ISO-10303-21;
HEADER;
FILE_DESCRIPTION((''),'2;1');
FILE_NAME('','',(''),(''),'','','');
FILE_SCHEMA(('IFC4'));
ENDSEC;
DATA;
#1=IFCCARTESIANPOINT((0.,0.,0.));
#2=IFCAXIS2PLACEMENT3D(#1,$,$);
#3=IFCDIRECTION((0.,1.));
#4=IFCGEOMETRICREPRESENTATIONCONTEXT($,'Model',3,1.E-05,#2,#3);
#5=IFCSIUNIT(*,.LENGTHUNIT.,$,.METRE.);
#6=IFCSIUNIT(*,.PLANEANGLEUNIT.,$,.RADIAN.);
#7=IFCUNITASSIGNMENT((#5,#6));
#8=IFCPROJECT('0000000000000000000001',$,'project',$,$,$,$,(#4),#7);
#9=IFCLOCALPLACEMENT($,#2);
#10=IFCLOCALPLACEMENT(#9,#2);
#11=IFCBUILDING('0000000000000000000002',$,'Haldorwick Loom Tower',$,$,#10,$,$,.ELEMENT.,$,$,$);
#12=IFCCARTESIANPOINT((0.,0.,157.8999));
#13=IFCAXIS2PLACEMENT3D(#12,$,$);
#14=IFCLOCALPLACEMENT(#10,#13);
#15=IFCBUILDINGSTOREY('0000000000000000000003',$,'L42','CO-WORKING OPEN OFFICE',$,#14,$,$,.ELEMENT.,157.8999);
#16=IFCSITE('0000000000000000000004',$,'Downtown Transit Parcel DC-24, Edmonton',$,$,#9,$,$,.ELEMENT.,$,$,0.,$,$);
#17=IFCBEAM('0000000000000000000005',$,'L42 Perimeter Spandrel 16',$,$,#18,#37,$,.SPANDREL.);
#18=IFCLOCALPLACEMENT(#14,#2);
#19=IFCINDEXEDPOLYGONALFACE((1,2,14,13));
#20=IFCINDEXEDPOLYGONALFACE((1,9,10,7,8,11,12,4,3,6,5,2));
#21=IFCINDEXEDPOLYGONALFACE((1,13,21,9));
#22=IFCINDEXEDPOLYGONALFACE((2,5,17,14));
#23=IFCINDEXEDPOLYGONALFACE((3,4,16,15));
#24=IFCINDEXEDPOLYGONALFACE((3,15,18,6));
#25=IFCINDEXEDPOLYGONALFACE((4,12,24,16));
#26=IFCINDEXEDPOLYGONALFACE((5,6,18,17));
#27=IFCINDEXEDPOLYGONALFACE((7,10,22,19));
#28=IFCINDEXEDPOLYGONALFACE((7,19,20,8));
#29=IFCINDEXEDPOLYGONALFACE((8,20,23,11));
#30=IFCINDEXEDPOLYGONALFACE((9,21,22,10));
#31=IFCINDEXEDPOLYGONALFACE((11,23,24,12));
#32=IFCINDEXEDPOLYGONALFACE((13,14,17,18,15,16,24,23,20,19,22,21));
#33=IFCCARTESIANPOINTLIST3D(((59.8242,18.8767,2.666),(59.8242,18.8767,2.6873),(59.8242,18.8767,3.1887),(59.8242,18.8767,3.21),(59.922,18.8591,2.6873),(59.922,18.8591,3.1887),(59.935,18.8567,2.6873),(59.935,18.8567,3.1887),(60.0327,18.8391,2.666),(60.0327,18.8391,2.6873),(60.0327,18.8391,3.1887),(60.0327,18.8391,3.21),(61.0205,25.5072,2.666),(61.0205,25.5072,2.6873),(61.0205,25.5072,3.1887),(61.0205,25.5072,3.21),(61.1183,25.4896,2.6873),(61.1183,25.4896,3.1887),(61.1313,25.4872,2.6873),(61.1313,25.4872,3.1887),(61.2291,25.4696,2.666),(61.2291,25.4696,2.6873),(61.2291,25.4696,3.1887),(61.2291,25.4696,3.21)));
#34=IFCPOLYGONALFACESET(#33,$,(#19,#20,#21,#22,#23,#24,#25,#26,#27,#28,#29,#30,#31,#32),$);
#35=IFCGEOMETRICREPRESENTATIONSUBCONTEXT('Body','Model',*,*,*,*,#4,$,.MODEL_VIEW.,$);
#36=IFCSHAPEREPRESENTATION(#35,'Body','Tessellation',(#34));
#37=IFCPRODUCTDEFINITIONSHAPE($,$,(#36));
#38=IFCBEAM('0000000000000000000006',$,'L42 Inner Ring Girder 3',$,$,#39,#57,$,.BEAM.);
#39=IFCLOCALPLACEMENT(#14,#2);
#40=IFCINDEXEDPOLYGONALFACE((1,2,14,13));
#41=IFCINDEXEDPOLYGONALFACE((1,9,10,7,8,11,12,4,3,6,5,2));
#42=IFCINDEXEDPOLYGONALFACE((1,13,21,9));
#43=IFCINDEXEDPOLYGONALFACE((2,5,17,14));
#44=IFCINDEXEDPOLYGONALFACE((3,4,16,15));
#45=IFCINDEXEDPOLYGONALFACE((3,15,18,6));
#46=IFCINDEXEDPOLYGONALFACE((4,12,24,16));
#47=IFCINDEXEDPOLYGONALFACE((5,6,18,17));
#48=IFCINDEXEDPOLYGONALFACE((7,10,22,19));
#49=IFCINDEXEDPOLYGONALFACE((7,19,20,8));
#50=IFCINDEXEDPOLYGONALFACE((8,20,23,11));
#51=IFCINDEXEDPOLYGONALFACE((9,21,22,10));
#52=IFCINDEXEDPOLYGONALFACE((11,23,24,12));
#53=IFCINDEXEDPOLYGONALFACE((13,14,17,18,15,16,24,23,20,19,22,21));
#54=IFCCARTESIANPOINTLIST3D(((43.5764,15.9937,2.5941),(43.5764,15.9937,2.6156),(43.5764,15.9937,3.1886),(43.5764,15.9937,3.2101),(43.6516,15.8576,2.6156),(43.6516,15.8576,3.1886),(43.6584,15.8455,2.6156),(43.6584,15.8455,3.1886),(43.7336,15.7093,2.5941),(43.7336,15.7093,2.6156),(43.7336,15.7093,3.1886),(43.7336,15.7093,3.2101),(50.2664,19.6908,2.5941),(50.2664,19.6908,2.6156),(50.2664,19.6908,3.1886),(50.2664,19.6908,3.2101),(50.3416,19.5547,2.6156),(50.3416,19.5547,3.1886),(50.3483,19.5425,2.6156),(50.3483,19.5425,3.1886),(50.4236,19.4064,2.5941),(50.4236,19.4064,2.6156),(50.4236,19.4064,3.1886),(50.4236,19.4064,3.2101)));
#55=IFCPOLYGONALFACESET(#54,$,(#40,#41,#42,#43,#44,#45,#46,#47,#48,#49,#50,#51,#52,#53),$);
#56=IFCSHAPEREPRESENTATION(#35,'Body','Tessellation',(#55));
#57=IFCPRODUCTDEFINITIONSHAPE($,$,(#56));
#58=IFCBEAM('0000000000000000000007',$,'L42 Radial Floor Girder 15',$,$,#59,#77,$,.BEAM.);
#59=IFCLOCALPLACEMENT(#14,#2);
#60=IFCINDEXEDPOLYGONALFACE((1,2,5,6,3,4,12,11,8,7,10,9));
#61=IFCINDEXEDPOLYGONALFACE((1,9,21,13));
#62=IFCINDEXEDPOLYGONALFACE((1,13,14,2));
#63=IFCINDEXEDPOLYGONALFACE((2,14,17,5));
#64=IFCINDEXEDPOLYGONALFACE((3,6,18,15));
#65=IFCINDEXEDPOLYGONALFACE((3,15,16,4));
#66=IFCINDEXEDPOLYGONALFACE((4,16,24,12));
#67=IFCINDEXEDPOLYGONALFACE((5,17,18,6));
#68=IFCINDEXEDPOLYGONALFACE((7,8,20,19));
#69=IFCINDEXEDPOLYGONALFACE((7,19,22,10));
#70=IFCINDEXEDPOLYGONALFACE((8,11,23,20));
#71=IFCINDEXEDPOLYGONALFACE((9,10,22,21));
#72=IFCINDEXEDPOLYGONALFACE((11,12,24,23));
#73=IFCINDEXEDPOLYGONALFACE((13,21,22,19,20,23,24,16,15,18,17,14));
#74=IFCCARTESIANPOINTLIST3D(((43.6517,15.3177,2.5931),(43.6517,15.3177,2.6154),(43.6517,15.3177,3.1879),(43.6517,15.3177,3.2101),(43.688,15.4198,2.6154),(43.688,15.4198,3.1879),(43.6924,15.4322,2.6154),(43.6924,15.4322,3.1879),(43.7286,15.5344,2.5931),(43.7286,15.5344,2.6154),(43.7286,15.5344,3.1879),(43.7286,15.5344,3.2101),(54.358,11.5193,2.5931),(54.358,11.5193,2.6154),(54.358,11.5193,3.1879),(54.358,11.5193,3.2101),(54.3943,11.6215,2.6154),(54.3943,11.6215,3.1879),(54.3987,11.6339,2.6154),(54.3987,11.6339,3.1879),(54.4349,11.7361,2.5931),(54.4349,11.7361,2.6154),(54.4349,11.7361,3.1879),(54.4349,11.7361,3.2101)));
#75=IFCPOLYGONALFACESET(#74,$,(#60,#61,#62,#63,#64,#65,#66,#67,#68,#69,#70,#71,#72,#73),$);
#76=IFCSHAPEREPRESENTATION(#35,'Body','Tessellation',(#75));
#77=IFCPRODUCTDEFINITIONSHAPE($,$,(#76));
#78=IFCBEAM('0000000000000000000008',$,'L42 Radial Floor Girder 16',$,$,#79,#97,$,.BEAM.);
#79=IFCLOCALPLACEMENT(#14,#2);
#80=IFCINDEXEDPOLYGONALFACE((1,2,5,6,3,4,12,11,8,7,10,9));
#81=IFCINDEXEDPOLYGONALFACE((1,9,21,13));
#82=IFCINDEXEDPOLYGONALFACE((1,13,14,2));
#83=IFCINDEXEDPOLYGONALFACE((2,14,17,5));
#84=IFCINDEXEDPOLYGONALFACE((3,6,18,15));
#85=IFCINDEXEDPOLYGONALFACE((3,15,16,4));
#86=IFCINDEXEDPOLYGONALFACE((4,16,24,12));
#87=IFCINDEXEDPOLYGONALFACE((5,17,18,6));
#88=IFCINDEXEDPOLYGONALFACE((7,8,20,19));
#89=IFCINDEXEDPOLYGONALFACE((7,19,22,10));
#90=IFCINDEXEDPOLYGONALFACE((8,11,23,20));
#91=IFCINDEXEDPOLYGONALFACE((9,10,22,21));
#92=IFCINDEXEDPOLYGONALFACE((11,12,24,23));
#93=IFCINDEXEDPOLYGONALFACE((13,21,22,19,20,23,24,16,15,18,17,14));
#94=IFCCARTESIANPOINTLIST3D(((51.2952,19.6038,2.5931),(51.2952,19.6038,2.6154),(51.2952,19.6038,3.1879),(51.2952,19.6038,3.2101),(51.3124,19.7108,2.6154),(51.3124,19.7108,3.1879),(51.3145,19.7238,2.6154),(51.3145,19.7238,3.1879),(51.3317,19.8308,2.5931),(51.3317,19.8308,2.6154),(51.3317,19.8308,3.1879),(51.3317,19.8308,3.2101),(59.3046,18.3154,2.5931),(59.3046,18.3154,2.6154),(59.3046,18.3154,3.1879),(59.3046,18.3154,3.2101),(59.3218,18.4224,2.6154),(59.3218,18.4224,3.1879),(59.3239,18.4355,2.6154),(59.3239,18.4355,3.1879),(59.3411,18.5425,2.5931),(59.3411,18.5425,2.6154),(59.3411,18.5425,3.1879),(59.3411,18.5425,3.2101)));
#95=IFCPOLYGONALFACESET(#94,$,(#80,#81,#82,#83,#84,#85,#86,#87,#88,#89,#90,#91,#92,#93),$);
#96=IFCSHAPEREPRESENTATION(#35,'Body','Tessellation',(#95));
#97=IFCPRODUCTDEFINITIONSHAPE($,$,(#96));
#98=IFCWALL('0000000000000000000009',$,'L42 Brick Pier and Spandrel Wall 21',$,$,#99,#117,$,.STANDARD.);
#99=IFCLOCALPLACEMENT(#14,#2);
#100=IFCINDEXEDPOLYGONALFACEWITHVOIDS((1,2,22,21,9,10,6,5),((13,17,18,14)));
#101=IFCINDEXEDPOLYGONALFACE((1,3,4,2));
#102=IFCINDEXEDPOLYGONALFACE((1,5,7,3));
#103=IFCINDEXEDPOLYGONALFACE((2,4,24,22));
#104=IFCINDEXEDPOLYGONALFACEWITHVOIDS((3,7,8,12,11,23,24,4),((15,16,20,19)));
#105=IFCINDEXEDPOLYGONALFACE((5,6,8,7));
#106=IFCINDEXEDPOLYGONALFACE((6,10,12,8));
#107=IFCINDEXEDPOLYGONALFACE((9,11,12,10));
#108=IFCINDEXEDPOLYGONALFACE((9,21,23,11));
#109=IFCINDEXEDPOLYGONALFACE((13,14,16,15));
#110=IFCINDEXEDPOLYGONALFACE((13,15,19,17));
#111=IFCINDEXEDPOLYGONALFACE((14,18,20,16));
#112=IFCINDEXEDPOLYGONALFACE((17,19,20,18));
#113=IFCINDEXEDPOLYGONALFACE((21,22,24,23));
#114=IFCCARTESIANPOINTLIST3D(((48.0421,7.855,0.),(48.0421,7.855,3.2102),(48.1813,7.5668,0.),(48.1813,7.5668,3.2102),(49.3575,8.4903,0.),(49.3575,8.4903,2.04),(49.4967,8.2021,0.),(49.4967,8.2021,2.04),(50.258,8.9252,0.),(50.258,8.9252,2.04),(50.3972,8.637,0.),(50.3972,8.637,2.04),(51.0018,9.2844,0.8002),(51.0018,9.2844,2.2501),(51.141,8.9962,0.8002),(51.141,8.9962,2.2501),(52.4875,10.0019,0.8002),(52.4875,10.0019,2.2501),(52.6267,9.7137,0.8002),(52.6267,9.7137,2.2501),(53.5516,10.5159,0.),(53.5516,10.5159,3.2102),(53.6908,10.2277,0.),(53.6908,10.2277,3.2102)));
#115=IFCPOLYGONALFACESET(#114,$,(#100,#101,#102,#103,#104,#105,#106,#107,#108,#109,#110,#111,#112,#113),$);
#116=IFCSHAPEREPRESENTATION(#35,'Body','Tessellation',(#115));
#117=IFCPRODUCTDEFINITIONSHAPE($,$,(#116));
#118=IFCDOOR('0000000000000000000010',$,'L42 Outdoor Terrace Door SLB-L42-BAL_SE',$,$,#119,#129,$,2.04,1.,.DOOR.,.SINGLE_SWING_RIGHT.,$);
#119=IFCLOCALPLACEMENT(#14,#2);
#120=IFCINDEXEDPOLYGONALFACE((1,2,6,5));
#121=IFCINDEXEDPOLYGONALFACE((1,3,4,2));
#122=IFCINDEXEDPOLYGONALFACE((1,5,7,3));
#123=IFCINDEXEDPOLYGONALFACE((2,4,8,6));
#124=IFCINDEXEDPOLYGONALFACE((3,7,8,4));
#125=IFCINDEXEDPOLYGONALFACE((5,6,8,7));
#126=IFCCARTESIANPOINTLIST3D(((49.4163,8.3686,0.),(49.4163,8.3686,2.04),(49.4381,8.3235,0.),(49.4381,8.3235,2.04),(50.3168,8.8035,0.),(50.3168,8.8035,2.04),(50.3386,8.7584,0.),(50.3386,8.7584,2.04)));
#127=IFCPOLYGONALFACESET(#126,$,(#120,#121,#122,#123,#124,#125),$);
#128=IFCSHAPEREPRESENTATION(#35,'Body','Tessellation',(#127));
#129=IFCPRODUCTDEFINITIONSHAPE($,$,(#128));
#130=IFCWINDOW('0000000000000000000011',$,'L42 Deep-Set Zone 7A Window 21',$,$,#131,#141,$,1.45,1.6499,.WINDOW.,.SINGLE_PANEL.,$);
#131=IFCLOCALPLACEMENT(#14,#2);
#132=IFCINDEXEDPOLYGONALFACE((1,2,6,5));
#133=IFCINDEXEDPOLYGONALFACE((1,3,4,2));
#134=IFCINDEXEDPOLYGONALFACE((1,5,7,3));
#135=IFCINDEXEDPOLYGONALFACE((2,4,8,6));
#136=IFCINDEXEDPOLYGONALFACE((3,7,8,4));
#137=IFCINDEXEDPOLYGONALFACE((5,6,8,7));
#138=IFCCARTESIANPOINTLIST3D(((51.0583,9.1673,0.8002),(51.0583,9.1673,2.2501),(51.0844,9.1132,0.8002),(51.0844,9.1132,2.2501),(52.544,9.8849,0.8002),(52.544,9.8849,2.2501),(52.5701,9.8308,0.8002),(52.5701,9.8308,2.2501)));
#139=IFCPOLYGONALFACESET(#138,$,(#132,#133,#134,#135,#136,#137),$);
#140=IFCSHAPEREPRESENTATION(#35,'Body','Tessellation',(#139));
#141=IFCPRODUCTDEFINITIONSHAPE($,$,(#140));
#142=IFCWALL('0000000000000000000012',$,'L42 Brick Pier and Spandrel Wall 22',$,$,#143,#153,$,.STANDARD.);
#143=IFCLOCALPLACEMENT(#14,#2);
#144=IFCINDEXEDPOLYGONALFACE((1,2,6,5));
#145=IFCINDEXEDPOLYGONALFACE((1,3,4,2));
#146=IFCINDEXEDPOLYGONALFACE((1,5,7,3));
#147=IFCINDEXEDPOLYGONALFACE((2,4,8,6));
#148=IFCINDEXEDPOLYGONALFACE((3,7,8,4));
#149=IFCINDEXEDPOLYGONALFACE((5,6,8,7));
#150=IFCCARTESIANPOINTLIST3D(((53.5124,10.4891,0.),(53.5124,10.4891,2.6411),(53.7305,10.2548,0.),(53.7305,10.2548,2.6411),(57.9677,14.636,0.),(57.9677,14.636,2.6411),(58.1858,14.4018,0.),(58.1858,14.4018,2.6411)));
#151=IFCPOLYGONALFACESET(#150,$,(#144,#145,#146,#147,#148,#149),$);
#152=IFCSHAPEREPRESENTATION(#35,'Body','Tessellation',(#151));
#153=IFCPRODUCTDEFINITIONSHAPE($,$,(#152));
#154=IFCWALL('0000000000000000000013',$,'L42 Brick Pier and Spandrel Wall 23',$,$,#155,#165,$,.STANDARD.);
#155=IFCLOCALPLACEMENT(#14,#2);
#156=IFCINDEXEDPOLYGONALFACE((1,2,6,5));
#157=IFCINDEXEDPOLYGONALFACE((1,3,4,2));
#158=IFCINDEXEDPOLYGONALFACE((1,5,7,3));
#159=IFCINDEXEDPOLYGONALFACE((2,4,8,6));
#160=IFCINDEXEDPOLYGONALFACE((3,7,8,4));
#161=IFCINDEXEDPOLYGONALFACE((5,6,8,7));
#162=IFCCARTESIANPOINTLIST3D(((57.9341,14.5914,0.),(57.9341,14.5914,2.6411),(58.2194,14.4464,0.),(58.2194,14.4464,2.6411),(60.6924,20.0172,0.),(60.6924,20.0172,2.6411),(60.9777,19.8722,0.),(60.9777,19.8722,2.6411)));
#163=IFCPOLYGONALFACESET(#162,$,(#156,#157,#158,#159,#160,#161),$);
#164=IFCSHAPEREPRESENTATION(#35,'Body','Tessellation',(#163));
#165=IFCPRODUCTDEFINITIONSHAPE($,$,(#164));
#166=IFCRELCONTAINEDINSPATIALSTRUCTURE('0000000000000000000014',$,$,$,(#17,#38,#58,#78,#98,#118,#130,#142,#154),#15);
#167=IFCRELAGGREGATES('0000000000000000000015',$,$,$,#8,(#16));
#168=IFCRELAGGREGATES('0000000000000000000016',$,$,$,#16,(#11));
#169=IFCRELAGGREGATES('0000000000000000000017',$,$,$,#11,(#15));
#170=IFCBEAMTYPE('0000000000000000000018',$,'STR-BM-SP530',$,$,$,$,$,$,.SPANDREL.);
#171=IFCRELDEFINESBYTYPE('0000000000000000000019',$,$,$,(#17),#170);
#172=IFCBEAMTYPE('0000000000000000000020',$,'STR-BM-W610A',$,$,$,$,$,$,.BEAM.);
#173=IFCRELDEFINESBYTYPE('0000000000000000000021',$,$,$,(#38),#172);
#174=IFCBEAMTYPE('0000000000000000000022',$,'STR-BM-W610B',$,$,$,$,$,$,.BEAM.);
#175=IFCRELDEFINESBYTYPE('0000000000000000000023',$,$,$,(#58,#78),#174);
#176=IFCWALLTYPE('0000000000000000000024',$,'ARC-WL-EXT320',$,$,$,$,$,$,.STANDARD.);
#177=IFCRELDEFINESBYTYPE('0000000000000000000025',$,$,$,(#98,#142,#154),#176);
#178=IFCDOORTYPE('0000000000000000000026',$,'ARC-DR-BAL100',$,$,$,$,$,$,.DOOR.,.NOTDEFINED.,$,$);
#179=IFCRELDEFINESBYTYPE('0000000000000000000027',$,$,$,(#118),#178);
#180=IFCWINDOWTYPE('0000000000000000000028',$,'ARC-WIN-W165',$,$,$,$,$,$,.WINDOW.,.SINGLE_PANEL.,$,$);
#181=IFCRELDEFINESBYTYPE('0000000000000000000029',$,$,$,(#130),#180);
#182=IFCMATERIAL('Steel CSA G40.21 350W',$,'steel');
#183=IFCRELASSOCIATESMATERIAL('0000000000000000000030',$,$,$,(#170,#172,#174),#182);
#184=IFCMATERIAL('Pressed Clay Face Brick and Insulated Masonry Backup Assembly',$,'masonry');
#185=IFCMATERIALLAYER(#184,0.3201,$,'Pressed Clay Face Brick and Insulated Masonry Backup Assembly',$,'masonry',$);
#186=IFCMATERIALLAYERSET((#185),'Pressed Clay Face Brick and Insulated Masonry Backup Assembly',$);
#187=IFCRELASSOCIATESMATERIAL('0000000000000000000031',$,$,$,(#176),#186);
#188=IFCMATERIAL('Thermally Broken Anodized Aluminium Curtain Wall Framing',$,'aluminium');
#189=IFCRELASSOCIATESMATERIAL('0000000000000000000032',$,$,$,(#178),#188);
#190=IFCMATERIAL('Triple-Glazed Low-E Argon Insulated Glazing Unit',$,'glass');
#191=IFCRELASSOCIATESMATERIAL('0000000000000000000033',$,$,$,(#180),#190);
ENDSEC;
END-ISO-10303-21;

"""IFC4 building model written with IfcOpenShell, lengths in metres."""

from ifc_helpers import new_model, si_unit, direction, frame, frame_2d, origin, origin_2d, place, context, subcontext, project, spatial, rectangle, i_section, extrude, material, layer, layer_set, material_profile, profile_set, type_object, element, fill, save


model = new_model("IFC4")

# Units and contexts
model_context = context("Model", 3, precision=1e-05, world=origin(), true_north=direction((0.0, 1.0)))
body_context = subcontext(model_context, "Body", "Model", "MODEL_VIEW")
ifc_project = project(units=[si_unit("LENGTHUNIT", "METRE"), si_unit("PLANEANGLEUNIT", "RADIAN")], contexts=[model_context])

# Site, building, storey
site_placement = place(None, origin())
site = spatial("IfcSite", under=ifc_project, at=site_placement, Name="Downtown Transit Parcel DC-24, Edmonton", CompositionType="ELEMENT", RefElevation=0.0)
building_placement = place(site_placement, origin())
building = spatial("IfcBuilding", under=site, at=building_placement, Name="Haldorwick Loom Tower", CompositionType="ELEMENT")
storey_placement = place(building_placement, frame((0.0, 0.0, 157.8999)))
storey = spatial("IfcBuildingStorey", under=building, at=storey_placement, Name="L42", Description="CO-WORKING OPEN OFFICE", CompositionType="ELEMENT", Elevation=157.8999)

# Beams
ifc_material_1 = material(Name="Steel CSA G40.21 350W", Category="steel")
ifc_material_profile_1 = material_profile(ifc_material_1, i_section(OverallWidth=0.2119, OverallDepth=0.5439, WebThickness=0.0132, FlangeThickness=0.0212, at=origin_2d()), Name="W530X123", Category="steel")
ifc_profile_set_1 = profile_set([ifc_material_profile_1], Name="Steel CSA G40.21 350W")
beam_type_1 = type_object("IfcBeamType", Name="STR-BM-SP530", PredefinedType="SPANDREL", material=ifc_profile_set_1)
beam_1_placement = place(storey_placement, frame((59.9285, 18.8579, 2.938), z_axis=(0.177559, 0.98411, 0.0), x_axis=(-0.98411, 0.177559, 0.0)))
element("IfcBeam", 1, at=beam_1_placement, inside=storey, type_object=beam_type_1, Name="L42 Perimeter Spandrel 16", PredefinedType="SPANDREL", context=body_context, shape_type="SweptSolid", body=[
    extrude(i_section(OverallWidth=0.2119, OverallDepth=0.5439, WebThickness=0.0132, FlangeThickness=0.0212, at=origin_2d()), origin(), (0.0, 0.0, 1.0), 6.7375),
])
ifc_material_profile_2 = material_profile(ifc_material_1, i_section(OverallWidth=0.325, OverallDepth=0.616, WebThickness=0.0139, FlangeThickness=0.0215, at=origin_2d()), Name="W610X174", Category="steel")
ifc_profile_set_2 = profile_set([ifc_material_profile_2], Name="Steel CSA G40.21 350W")
beam_type_2 = type_object("IfcBeamType", Name="STR-BM-W610A", PredefinedType="BEAM", material=ifc_profile_set_2)
beam_2_placement = place(storey_placement, frame((50.345, 19.5486, 2.9021), z_axis=(-0.875244, -0.483681, 0.0), x_axis=(0.483681, -0.875244, 0.0)))
element("IfcBeam", 2, at=beam_2_placement, inside=storey, type_object=beam_type_2, Name="L42 Inner Ring Girder 3", PredefinedType="BEAM", context=body_context, shape_type="SweptSolid", body=[
    extrude(i_section(OverallWidth=0.325, OverallDepth=0.616, WebThickness=0.0139, FlangeThickness=0.0215, at=origin_2d()), origin(), (0.0, 0.0, 1.0), 7.6436),
])
ifc_material_profile_3 = material_profile(ifc_material_1, i_section(OverallWidth=0.23, OverallDepth=0.6169, WebThickness=0.0132, FlangeThickness=0.0222, at=origin_2d()), Name="W610X140", Category="steel")
ifc_profile_set_3 = profile_set([ifc_material_profile_3], Name="Steel CSA G40.21 350W")
beam_type_3 = type_object("IfcBeamType", Name="STR-BM-W610B", PredefinedType="BEAM", material=ifc_profile_set_3)
beam_3_placement = place(storey_placement, frame((43.6902, 15.426, 2.9016), z_axis=(0.942446, -0.334358, 0.0), x_axis=(0.334358, 0.942446, 0.0)))
element("IfcBeam", 3, at=beam_3_placement, inside=storey, type_object=beam_type_3, Name="L42 Radial Floor Girder 15", PredefinedType="BEAM", context=body_context, shape_type="SweptSolid", body=[
    extrude(i_section(OverallWidth=0.23, OverallDepth=0.6169, WebThickness=0.0132, FlangeThickness=0.0222, at=origin_2d()), origin(), (0.0, 0.0, 1.0), 11.3601),
])
beam_4_placement = place(storey_placement, frame((51.3135, 19.7173, 2.9016), z_axis=(0.987309, -0.158813, 0.0), x_axis=(0.158813, 0.987309, 0.0)))
element("IfcBeam", 4, at=beam_4_placement, inside=storey, type_object=beam_type_3, Name="L42 Radial Floor Girder 16", PredefinedType="BEAM", context=body_context, shape_type="SweptSolid", body=[
    extrude(i_section(OverallWidth=0.23, OverallDepth=0.6169, WebThickness=0.0132, FlangeThickness=0.0222, at=origin_2d()), origin(), (0.0, 0.0, 1.0), 8.1123),
])

# Wall, openings, door, window
ifc_material_2 = material(Name="Pressed Clay Face Brick and Insulated Masonry Backup Assembly", Category="masonry")
ifc_layer_1 = layer(ifc_material_2, 0.3201, Name="Pressed Clay Face Brick and Insulated Masonry Backup Assembly", Category="masonry")
ifc_layer_set_1 = layer_set([ifc_layer_1], Name="Pressed Clay Face Brick and Insulated Masonry Backup Assembly")
wall_type_1 = type_object("IfcWallType", Name="ARC-WL-EXT320", PredefinedType="STANDARD", material=ifc_layer_set_1)
wall_1_placement = place(storey_placement, frame((48.1118, 7.7109, 0.0), z_axis=(0.0, 0.0, 1.0), x_axis=(0.90048, 0.434897, 0.0)))
wall_1 = element("IfcWall", 5, at=wall_1_placement, inside=storey, type_object=wall_type_1, Name="L42 Brick Pier and Spandrel Wall 21", PredefinedType="STANDARD", context=body_context, shape_type="SweptSolid", body=[
    extrude(rectangle(XDim=6.1184, YDim=0.3201, at=frame_2d((3.0591, 0.0))), origin(), (0.0, 0.0, 1.0), 3.2102),
])
opening_1_placement = place(wall_1_placement, frame((1.4607, 0.0, 0.0)))
opening_1 = element("IfcOpeningElement", 6, at=opening_1_placement, cuts=wall_1, PredefinedType="OPENING", context=body_context, shape_type="SweptSolid", body=[
    extrude(rectangle(XDim=1.0, YDim=2.04, at=frame_2d((0.5, 1.02))), frame((0.0, 0.1699, 0.0), z_axis=(0.0, -1.0, 0.0), x_axis=(1.0, 0.0, 0.0)), (0.0, 0.0, 1.0), 0.3401),
])
opening_2_placement = place(wall_1_placement, frame((3.2866, 0.0, 0.8)))
opening_2 = element("IfcOpeningElement", 7, at=opening_2_placement, cuts=wall_1, PredefinedType="OPENING", context=body_context, shape_type="SweptSolid", body=[
    extrude(rectangle(XDim=1.6499, YDim=1.45, at=frame_2d((0.825, 0.7251))), frame((0.0, 0.1699, 0.0), z_axis=(0.0, -1.0, 0.0), x_axis=(1.0, 0.0, 0.0)), (0.0, 0.0, 1.0), 0.3401),
])
ifc_material_3 = material(Name="Thermally Broken Anodized Aluminium Curtain Wall Framing", Category="aluminium")
door_type_1 = type_object("IfcDoorType", Name="ARC-DR-BAL100", OperationType="NOTDEFINED", PredefinedType="DOOR", material=ifc_material_3)
door_1_placement = place(opening_1_placement, origin())
door_1 = element("IfcDoor", 8, at=door_1_placement, inside=storey, type_object=door_type_1, Name="L42 Outdoor Terrace Door SLB-L42-BAL_SE", OperationType="SINGLE_SWING_RIGHT", OverallHeight=2.04, OverallWidth=1.0, PredefinedType="DOOR", context=body_context, shape_type="SweptSolid", body=[
    extrude(rectangle(XDim=1.0, YDim=2.04, at=frame_2d((0.5, 1.02))), frame((0.0, 0.0249, 0.0), z_axis=(0.0, -1.0, 0.0), x_axis=(1.0, 0.0, 0.0)), (0.0, 0.0, 1.0), 0.05),
])
fill(opening_1, door_1)
ifc_material_4 = material(Name="Triple-Glazed Low-E Argon Insulated Glazing Unit", Category="glass")
window_type = type_object("IfcWindowType", Name="ARC-WIN-W165", PartitioningType="SINGLE_PANEL", PredefinedType="WINDOW", material=ifc_material_4)
window_1_placement = place(opening_2_placement, origin())
window_1 = element("IfcWindow", 9, at=window_1_placement, inside=storey, type_object=window_type, Name="L42 Deep-Set Zone 7A Window 21", OverallHeight=1.45, OverallWidth=1.6499, PartitioningType="SINGLE_PANEL", PredefinedType="WINDOW", context=body_context, shape_type="SweptSolid", body=[
    extrude(rectangle(XDim=1.6499, YDim=1.45, at=frame_2d((0.825, 0.7251))), frame((0.0, 0.03, 0.0), z_axis=(0.0, -1.0, 0.0), x_axis=(1.0, 0.0, 0.0)), (0.0, 0.0, 1.0), 0.0601),
])
fill(opening_2, window_1)

# Walls
for number, where, z_axis, x_axis, name in (
    (10, (53.6213, 10.3718, 0.0), (0.0, 0.0, 1.0), (0.731983, 0.681323, 0.0), "L42 Brick Pier and Spandrel Wall 22"),
    (11, (58.0767, 14.5188, 0.0), (0.0, 0.0, 1.0), (0.453172, 0.891423, 0.0), "L42 Brick Pier and Spandrel Wall 23"),
):
    element("IfcWall", number, at=place(storey_placement, frame(where, z_axis=z_axis, x_axis=x_axis)), inside=storey, type_object=wall_type_1, Name=name, PredefinedType="STANDARD", context=body_context, shape_type="SweptSolid", body=[
        extrude(rectangle(XDim=6.0867, YDim=0.3201, at=frame_2d((3.0435, 0.0))), origin(), (0.0, 0.0, 1.0), 2.6411),
    ])

save(model, "model.ifc")
